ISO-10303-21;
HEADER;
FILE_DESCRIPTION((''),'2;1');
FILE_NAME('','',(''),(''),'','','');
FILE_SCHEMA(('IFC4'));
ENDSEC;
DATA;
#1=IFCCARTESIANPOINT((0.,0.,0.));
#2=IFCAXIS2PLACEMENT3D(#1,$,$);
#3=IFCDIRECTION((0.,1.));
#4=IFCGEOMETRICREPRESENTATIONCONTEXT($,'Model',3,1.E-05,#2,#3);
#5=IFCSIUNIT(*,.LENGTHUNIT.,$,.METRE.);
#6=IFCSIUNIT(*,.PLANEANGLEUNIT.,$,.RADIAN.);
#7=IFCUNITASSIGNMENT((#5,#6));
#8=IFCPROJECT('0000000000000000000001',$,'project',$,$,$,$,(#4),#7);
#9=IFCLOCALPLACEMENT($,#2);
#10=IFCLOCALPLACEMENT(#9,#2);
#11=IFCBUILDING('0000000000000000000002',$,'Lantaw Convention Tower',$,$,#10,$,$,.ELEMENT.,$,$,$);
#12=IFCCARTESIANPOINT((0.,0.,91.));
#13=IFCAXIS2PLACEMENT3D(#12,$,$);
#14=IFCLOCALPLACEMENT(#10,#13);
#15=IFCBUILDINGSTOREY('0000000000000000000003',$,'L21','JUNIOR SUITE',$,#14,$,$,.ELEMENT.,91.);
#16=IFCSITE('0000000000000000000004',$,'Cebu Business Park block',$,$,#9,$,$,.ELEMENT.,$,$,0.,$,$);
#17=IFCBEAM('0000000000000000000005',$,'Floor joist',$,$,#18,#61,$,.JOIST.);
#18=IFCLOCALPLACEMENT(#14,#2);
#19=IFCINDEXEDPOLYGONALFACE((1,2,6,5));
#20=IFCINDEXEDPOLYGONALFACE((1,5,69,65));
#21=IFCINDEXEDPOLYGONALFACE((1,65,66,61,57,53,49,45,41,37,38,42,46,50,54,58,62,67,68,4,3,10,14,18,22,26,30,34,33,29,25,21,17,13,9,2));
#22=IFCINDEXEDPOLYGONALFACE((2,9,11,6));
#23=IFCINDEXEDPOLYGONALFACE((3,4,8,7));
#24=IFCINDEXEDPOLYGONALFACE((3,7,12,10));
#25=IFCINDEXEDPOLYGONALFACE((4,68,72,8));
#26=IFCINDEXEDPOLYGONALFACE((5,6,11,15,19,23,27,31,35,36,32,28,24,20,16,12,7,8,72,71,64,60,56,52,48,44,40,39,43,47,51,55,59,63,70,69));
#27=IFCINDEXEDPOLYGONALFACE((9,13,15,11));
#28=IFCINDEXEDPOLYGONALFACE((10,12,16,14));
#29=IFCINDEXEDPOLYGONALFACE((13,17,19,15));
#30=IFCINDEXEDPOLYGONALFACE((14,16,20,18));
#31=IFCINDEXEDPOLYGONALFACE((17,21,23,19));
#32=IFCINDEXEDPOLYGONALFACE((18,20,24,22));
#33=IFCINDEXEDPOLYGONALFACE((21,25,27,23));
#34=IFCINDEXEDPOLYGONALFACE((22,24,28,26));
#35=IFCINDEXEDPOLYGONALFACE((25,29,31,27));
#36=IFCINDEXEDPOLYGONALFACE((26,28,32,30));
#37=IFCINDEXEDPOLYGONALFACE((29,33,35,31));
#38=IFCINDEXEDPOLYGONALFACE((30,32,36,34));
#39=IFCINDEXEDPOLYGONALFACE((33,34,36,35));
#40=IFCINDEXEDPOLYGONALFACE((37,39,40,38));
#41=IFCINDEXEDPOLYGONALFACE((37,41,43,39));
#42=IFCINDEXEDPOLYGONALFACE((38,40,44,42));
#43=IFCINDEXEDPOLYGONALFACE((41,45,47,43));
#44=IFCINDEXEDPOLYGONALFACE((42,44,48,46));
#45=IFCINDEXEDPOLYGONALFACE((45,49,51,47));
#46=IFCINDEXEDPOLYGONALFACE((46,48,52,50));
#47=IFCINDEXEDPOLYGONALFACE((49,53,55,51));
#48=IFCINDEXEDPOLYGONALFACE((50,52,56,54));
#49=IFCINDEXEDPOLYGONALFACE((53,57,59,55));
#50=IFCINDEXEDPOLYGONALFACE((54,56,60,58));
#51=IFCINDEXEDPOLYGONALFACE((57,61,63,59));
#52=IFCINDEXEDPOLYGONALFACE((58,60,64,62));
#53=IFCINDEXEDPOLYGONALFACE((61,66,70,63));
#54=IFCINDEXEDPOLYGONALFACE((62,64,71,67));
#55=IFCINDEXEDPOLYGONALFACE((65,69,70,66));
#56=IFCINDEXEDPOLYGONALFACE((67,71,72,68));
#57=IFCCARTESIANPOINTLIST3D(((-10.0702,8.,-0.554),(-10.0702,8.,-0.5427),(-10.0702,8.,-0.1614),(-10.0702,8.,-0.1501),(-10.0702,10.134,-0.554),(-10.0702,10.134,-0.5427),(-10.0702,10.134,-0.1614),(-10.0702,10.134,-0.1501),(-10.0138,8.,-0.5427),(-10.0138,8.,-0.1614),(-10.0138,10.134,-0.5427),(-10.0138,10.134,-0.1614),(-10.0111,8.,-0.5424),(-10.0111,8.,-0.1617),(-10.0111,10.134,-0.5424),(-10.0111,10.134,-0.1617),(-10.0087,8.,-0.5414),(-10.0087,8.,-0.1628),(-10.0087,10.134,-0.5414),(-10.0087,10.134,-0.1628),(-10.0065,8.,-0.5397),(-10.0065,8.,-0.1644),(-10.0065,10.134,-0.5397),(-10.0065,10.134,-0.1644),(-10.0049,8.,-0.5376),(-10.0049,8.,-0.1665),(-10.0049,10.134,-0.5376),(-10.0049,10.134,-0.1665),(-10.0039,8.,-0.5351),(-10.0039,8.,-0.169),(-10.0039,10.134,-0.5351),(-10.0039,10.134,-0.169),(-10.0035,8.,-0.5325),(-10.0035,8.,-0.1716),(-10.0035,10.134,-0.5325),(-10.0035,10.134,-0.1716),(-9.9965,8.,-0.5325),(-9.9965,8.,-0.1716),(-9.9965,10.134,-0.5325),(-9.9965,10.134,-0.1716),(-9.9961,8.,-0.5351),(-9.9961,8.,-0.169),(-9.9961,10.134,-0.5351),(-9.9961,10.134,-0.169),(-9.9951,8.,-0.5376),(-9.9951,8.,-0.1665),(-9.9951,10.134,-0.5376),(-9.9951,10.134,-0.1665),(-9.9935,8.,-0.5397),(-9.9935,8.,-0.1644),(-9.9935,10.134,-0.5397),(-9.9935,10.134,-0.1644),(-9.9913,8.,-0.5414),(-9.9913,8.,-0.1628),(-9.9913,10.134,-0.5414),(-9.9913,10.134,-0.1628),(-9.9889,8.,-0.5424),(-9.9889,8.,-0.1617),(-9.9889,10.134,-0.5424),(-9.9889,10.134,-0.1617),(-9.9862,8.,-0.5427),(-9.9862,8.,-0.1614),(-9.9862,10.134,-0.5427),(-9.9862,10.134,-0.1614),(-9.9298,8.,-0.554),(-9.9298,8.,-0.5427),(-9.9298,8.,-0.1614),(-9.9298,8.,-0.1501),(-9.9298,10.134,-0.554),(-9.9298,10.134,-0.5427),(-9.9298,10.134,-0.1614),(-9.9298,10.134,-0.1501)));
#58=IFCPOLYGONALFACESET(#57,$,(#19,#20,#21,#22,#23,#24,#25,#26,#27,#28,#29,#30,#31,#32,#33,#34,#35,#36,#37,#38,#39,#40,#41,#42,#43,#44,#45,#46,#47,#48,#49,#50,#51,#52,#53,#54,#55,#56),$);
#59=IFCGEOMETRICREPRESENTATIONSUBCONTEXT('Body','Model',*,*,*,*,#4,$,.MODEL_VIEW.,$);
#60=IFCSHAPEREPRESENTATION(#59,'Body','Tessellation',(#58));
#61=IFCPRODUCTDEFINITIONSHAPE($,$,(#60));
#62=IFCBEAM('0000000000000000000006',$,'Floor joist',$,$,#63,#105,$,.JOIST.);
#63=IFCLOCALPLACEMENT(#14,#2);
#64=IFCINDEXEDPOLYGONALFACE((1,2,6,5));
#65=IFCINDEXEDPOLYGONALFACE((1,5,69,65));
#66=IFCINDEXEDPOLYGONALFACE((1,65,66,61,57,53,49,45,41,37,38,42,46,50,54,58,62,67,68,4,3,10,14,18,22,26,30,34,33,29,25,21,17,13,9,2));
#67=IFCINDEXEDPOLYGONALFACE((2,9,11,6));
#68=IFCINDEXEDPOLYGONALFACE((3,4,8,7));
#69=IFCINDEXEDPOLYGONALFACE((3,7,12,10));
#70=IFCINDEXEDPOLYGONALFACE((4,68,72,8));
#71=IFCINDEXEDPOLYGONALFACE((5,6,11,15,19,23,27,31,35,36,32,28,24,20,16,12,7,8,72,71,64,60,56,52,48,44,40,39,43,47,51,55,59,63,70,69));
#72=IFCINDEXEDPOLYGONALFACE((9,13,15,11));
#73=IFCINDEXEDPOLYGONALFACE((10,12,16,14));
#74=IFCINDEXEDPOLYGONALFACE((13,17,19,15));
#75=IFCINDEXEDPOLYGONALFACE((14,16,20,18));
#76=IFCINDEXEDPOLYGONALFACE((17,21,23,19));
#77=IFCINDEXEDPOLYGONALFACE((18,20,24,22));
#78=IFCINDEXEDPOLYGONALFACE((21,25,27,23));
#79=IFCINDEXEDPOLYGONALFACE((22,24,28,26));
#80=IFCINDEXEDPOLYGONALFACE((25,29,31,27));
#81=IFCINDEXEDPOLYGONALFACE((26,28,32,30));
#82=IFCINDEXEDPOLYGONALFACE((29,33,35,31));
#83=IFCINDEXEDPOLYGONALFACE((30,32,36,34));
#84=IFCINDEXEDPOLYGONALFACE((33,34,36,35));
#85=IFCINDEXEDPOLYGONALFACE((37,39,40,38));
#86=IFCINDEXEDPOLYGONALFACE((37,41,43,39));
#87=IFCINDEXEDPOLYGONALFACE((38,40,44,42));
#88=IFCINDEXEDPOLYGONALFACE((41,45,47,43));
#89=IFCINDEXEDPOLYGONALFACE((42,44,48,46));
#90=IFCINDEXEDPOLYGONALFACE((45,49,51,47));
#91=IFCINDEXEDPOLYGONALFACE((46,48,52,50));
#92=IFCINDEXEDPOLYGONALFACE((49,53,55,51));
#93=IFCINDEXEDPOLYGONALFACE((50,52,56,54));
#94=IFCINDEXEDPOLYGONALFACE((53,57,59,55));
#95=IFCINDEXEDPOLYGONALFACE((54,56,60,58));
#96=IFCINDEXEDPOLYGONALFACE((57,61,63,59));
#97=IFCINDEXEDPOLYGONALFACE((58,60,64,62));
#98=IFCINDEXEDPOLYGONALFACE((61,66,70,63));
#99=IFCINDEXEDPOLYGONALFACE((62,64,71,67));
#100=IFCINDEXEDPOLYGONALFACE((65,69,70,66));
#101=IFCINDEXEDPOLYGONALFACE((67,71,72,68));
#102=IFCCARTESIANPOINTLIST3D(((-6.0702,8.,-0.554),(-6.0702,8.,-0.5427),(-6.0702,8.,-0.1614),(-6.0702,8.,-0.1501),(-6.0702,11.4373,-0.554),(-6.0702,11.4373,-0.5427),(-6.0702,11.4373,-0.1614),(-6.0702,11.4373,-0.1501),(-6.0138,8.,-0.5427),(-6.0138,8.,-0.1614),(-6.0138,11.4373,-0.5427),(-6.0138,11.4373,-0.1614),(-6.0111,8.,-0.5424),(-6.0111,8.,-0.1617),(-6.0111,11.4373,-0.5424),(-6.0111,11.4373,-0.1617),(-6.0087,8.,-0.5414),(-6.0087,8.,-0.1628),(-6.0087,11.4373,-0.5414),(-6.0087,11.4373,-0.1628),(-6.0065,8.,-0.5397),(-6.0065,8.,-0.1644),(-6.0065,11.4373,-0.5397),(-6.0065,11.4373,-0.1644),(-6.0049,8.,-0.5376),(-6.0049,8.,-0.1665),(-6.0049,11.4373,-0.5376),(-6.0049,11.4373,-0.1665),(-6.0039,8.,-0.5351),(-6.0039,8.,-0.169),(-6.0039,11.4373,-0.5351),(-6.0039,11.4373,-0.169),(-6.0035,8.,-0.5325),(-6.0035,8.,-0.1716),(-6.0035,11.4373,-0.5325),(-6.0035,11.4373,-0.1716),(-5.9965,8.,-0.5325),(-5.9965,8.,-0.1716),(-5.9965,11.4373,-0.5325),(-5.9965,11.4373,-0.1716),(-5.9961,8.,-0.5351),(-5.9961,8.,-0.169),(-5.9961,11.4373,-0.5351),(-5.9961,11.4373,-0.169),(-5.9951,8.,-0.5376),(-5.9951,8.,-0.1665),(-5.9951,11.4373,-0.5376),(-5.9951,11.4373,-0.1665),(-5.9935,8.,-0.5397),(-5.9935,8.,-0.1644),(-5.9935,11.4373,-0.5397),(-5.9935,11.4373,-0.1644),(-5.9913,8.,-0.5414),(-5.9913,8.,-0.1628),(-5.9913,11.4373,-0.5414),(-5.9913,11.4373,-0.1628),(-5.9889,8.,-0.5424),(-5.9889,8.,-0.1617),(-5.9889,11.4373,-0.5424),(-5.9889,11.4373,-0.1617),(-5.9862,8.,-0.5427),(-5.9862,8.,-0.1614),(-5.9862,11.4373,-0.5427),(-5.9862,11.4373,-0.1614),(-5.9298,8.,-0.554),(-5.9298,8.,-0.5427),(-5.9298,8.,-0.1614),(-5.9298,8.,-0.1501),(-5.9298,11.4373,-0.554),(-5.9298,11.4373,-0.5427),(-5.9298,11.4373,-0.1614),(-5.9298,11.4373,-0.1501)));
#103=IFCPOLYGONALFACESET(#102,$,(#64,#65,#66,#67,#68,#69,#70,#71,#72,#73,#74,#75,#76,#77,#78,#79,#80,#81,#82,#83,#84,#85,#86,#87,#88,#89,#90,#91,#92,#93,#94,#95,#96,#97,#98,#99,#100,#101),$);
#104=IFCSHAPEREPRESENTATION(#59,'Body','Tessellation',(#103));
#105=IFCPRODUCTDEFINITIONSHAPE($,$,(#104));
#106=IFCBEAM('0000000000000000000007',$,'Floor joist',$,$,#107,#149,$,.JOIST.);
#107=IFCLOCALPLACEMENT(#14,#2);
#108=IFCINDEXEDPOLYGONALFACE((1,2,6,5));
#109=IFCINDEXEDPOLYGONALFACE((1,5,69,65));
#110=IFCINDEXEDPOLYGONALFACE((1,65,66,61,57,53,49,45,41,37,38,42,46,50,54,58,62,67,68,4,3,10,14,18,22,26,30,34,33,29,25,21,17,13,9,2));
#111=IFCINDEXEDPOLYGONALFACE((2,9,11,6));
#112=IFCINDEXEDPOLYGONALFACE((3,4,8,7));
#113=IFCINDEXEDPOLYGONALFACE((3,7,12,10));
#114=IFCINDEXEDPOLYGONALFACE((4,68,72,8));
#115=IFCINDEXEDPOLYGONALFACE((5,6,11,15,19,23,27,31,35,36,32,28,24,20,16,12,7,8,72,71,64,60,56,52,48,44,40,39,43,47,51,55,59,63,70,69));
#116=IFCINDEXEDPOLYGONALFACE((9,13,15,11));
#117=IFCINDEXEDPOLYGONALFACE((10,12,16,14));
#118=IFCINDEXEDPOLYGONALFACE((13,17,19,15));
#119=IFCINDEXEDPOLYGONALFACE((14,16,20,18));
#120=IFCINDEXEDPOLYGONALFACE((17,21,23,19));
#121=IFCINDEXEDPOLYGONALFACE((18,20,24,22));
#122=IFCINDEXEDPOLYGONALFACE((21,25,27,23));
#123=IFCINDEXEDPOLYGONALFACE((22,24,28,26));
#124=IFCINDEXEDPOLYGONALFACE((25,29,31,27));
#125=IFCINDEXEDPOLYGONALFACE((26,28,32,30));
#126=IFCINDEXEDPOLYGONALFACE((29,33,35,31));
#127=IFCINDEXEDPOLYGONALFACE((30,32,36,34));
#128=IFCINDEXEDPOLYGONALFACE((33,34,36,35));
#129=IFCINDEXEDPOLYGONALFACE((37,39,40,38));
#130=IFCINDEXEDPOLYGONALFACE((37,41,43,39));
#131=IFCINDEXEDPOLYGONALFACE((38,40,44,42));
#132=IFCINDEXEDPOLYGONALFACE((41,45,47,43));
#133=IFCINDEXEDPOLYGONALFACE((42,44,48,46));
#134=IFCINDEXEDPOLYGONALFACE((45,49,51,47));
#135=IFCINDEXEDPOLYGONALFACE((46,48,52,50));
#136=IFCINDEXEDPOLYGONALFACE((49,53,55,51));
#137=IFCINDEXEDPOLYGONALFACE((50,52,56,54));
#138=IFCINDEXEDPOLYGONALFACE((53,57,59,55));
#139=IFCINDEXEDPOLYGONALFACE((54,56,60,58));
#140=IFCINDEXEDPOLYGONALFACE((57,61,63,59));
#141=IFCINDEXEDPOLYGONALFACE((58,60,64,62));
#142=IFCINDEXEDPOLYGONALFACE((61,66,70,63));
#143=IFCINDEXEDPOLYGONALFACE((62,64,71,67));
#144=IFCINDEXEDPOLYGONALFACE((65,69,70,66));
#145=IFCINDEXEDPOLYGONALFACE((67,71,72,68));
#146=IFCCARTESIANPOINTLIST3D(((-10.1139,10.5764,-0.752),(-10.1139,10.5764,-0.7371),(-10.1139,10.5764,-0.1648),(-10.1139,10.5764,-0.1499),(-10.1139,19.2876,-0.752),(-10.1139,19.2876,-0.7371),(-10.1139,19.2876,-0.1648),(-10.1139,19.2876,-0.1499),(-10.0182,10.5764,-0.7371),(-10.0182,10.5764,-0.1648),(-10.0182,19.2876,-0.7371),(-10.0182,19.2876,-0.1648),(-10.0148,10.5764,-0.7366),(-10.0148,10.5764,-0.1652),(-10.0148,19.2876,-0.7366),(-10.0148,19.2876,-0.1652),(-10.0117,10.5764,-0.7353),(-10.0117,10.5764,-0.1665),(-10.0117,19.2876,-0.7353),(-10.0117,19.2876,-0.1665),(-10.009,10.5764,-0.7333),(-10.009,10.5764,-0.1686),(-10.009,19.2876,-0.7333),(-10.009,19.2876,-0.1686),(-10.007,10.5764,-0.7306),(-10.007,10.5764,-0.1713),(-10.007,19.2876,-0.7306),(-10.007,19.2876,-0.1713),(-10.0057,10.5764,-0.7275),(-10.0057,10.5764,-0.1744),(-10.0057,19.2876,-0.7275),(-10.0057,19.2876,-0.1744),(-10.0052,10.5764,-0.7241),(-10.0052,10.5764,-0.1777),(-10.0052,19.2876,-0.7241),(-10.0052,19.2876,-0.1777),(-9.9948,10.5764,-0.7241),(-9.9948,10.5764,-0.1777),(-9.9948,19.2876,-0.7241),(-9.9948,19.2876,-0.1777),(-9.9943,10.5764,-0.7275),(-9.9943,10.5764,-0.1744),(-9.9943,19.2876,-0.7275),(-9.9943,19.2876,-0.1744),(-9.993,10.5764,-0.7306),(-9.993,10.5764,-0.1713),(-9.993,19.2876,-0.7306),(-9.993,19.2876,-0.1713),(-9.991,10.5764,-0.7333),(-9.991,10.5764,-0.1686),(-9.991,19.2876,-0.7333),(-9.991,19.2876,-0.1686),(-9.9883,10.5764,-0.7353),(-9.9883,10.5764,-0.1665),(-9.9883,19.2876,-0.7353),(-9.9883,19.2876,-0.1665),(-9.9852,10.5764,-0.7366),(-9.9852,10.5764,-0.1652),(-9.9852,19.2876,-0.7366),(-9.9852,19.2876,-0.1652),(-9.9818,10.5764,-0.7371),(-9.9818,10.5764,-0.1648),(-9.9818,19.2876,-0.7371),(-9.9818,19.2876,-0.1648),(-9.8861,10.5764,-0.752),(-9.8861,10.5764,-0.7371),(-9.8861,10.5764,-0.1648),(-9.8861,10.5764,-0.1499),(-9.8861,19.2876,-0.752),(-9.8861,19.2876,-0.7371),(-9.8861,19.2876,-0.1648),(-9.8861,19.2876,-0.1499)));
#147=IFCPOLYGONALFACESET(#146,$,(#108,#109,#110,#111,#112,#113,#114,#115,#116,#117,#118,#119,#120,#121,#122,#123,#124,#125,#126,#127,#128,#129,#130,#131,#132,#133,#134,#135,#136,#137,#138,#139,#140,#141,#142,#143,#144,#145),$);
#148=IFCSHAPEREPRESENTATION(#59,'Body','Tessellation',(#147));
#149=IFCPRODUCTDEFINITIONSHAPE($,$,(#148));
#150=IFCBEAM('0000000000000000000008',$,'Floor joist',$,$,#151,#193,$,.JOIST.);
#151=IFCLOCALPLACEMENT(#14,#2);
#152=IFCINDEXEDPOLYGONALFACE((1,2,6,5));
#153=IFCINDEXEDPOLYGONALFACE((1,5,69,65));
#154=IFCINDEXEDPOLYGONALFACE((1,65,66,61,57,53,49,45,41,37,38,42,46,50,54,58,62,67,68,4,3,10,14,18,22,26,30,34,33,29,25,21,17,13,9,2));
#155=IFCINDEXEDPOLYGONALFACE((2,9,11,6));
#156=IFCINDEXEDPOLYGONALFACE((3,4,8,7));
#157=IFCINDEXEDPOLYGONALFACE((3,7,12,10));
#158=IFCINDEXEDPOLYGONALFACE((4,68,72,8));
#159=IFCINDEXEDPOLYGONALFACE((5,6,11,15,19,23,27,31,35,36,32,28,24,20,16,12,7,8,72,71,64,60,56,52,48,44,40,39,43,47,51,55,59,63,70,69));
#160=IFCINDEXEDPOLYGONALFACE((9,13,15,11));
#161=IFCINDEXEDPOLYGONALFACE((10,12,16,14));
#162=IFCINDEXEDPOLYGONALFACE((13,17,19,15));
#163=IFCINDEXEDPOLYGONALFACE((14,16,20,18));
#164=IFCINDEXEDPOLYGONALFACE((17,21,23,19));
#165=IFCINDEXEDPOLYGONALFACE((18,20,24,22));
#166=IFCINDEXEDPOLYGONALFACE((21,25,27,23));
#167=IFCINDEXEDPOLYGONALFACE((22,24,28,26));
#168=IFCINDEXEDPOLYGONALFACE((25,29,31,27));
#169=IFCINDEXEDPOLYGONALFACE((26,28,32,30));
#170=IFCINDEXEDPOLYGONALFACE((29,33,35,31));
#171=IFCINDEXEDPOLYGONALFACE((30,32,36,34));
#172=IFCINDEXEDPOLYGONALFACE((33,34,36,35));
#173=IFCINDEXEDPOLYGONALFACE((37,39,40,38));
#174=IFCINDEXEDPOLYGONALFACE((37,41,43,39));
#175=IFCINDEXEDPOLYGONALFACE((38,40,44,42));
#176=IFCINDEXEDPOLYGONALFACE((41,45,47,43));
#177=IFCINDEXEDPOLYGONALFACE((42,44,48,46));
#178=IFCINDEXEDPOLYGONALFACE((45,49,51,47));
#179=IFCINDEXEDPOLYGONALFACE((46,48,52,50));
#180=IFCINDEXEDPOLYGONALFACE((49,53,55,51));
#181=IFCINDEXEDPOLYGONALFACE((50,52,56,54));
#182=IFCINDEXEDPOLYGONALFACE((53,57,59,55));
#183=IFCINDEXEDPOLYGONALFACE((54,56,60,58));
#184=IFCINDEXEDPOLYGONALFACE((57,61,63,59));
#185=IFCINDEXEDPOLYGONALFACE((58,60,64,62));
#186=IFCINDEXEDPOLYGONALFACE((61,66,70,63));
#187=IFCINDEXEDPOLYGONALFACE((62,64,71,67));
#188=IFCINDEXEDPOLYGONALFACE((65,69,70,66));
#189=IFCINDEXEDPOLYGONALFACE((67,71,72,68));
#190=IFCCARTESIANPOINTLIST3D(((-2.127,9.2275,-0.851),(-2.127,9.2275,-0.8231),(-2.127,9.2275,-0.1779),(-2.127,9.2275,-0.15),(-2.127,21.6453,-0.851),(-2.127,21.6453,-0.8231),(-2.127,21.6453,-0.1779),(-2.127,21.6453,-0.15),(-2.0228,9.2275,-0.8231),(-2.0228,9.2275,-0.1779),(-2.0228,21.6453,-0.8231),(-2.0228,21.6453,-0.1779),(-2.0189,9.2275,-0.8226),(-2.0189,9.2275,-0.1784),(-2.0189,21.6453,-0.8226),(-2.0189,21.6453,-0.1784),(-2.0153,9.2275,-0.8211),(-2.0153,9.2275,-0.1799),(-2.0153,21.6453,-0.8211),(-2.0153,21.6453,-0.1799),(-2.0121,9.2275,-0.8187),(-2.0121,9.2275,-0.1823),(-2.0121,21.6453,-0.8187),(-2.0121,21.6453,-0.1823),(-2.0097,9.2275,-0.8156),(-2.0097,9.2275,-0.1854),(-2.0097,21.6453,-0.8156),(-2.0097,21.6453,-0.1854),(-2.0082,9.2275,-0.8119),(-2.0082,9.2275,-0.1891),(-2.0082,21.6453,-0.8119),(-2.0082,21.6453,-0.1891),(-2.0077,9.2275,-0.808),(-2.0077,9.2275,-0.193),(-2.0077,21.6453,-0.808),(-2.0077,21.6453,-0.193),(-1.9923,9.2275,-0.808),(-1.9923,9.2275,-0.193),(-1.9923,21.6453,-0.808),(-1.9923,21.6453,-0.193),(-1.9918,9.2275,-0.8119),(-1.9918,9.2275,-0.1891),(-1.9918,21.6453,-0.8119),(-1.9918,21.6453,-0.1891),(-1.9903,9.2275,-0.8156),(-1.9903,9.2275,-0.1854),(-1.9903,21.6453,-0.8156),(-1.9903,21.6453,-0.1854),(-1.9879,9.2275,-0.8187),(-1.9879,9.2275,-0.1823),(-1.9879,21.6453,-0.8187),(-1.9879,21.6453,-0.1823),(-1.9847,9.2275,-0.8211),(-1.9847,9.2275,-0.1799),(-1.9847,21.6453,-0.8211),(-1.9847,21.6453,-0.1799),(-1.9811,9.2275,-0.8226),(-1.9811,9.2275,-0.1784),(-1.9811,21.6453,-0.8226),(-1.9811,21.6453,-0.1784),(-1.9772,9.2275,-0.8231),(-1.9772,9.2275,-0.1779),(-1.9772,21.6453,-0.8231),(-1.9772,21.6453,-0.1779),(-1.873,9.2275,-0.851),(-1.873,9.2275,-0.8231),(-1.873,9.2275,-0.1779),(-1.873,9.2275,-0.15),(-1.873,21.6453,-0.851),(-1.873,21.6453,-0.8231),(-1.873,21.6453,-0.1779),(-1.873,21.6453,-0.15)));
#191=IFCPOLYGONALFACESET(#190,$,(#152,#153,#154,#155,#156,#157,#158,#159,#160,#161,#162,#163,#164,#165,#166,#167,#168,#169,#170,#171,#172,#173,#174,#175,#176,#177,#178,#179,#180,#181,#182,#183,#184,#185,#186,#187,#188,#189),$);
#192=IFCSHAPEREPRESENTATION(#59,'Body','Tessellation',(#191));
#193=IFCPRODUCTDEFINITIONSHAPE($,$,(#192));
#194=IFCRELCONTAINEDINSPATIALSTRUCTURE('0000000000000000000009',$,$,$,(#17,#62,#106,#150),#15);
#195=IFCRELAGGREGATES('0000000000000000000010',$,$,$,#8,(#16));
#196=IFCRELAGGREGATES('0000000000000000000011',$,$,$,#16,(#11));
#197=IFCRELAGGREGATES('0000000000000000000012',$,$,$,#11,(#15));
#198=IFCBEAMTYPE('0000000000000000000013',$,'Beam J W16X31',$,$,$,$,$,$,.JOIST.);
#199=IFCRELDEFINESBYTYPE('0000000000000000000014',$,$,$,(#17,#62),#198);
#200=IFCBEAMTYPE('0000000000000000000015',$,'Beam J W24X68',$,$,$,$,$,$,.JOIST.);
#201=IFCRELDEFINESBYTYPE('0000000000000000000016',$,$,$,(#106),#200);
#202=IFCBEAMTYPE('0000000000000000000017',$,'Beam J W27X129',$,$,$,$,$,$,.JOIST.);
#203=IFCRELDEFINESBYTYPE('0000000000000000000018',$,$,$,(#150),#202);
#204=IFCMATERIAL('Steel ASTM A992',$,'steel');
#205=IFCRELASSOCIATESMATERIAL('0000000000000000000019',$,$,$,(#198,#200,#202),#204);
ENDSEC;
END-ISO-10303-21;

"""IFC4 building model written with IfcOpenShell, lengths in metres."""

from ifc_helpers import new_model, si_unit, direction, frame, origin, origin_2d, place, context, subcontext, project, spatial, i_section, extrude, material, material_profile, profile_set, type_object, element, save


model = new_model("IFC4")

# Units and contexts
model_context = context("Model", 3, precision=1e-05, world=origin(), true_north=direction((0.0, 1.0)))
body_context = subcontext(model_context, "Body", "Model", "MODEL_VIEW")
ifc_project = project(units=[si_unit("LENGTHUNIT", "METRE"), si_unit("PLANEANGLEUNIT", "RADIAN")], contexts=[model_context])

# Site, building, storey
site_placement = place(None, origin())
site = spatial("IfcSite", under=ifc_project, at=site_placement, Name="Cebu Business Park block", CompositionType="ELEMENT", RefElevation=0.0)
building_placement = place(site_placement, origin())
building = spatial("IfcBuilding", under=site, at=building_placement, Name="Lantaw Convention Tower", CompositionType="ELEMENT")
storey_placement = place(building_placement, frame((0.0, 0.0, 91.0)))
storey = spatial("IfcBuildingStorey", under=building, at=storey_placement, Name="L21", Description="JUNIOR SUITE", CompositionType="ELEMENT", Elevation=91.0)

# Beams
ifc_material_1 = material(Name="Steel ASTM A992", Category="steel")
ifc_material_profile_1 = material_profile(ifc_material_1, i_section(OverallWidth=0.1404, OverallDepth=0.4038, WebThickness=0.0071, FlangeThickness=0.0112, FilletRadius=0.0103, at=origin_2d()), Name="W16X31")
ifc_profile_set_1 = profile_set([ifc_material_profile_1], Name="Steel ASTM A992")
beam_type_1 = type_object("IfcBeamType", Name="Beam J W16X31", PredefinedType="JOIST", material=ifc_profile_set_1)
beam_1_placement = place(storey_placement, frame((-10.0, 8.0, -0.3521), z_axis=(0.0, 1.0, 0.0), x_axis=(-1.0, 0.0, 0.0)))
element("IfcBeam", 1, at=beam_1_placement, inside=storey, type_object=beam_type_1, Name="Floor joist", PredefinedType="JOIST", context=body_context, shape_type="SweptSolid", body=[
    extrude(i_section(OverallWidth=0.1404, OverallDepth=0.4038, WebThickness=0.0071, FlangeThickness=0.0112, FilletRadius=0.0103, at=origin_2d()), origin(), (0.0, 0.0, 1.0), 2.134),
])
beam_2_placement = place(storey_placement, frame((-6.0, 8.0, -0.3521), z_axis=(0.0, 1.0, 0.0), x_axis=(-1.0, 0.0, 0.0)))
element("IfcBeam", 2, at=beam_2_placement, inside=storey, type_object=beam_type_1, Name="Floor joist", PredefinedType="JOIST", context=body_context, shape_type="SweptSolid", body=[
    extrude(i_section(OverallWidth=0.1404, OverallDepth=0.4038, WebThickness=0.0071, FlangeThickness=0.0112, FilletRadius=0.0103, at=origin_2d()), origin(), (0.0, 0.0, 1.0), 3.4373),
])
ifc_material_profile_2 = material_profile(ifc_material_1, i_section(OverallWidth=0.2278, OverallDepth=0.6021, WebThickness=0.0105, FlangeThickness=0.0149, FilletRadius=0.0129, at=origin_2d()), Name="W24X68")
ifc_profile_set_2 = profile_set([ifc_material_profile_2], Name="Steel ASTM A992")
beam_type_2 = type_object("IfcBeamType", Name="Beam J W24X68", PredefinedType="JOIST", material=ifc_profile_set_2)
beam_3_placement = place(storey_placement, frame((-10.0, 10.5764, -0.4509), z_axis=(0.0, 1.0, 0.0), x_axis=(-1.0, 0.0, 0.0)))
element("IfcBeam", 3, at=beam_3_placement, inside=storey, type_object=beam_type_2, Name="Floor joist", PredefinedType="JOIST", context=body_context, shape_type="SweptSolid", body=[
    extrude(i_section(OverallWidth=0.2278, OverallDepth=0.6021, WebThickness=0.0105, FlangeThickness=0.0149, FilletRadius=0.0129, at=origin_2d()), origin(), (0.0, 0.0, 1.0), 8.7112),
])
ifc_material_profile_3 = material_profile(ifc_material_1, i_section(OverallWidth=0.2539, OverallDepth=0.7009, WebThickness=0.0154, FlangeThickness=0.0278, FilletRadius=0.0151, at=origin_2d()), Name="W27X129")
ifc_profile_set_3 = profile_set([ifc_material_profile_3], Name="Steel ASTM A992")
beam_type_3 = type_object("IfcBeamType", Name="Beam J W27X129", PredefinedType="JOIST", material=ifc_profile_set_3)
beam_4_placement = place(storey_placement, frame((-2.0, 9.2275, -0.5005), z_axis=(0.0, 1.0, 0.0), x_axis=(-1.0, 0.0, 0.0)))
element("IfcBeam", 4, at=beam_4_placement, inside=storey, type_object=beam_type_3, Name="Floor joist", PredefinedType="JOIST", context=body_context, shape_type="SweptSolid", body=[
    extrude(i_section(OverallWidth=0.2539, OverallDepth=0.7009, WebThickness=0.0154, FlangeThickness=0.0278, FilletRadius=0.0151, at=origin_2d()), origin(), (0.0, 0.0, 1.0), 12.4177),
])

save(model, "model.ifc")
